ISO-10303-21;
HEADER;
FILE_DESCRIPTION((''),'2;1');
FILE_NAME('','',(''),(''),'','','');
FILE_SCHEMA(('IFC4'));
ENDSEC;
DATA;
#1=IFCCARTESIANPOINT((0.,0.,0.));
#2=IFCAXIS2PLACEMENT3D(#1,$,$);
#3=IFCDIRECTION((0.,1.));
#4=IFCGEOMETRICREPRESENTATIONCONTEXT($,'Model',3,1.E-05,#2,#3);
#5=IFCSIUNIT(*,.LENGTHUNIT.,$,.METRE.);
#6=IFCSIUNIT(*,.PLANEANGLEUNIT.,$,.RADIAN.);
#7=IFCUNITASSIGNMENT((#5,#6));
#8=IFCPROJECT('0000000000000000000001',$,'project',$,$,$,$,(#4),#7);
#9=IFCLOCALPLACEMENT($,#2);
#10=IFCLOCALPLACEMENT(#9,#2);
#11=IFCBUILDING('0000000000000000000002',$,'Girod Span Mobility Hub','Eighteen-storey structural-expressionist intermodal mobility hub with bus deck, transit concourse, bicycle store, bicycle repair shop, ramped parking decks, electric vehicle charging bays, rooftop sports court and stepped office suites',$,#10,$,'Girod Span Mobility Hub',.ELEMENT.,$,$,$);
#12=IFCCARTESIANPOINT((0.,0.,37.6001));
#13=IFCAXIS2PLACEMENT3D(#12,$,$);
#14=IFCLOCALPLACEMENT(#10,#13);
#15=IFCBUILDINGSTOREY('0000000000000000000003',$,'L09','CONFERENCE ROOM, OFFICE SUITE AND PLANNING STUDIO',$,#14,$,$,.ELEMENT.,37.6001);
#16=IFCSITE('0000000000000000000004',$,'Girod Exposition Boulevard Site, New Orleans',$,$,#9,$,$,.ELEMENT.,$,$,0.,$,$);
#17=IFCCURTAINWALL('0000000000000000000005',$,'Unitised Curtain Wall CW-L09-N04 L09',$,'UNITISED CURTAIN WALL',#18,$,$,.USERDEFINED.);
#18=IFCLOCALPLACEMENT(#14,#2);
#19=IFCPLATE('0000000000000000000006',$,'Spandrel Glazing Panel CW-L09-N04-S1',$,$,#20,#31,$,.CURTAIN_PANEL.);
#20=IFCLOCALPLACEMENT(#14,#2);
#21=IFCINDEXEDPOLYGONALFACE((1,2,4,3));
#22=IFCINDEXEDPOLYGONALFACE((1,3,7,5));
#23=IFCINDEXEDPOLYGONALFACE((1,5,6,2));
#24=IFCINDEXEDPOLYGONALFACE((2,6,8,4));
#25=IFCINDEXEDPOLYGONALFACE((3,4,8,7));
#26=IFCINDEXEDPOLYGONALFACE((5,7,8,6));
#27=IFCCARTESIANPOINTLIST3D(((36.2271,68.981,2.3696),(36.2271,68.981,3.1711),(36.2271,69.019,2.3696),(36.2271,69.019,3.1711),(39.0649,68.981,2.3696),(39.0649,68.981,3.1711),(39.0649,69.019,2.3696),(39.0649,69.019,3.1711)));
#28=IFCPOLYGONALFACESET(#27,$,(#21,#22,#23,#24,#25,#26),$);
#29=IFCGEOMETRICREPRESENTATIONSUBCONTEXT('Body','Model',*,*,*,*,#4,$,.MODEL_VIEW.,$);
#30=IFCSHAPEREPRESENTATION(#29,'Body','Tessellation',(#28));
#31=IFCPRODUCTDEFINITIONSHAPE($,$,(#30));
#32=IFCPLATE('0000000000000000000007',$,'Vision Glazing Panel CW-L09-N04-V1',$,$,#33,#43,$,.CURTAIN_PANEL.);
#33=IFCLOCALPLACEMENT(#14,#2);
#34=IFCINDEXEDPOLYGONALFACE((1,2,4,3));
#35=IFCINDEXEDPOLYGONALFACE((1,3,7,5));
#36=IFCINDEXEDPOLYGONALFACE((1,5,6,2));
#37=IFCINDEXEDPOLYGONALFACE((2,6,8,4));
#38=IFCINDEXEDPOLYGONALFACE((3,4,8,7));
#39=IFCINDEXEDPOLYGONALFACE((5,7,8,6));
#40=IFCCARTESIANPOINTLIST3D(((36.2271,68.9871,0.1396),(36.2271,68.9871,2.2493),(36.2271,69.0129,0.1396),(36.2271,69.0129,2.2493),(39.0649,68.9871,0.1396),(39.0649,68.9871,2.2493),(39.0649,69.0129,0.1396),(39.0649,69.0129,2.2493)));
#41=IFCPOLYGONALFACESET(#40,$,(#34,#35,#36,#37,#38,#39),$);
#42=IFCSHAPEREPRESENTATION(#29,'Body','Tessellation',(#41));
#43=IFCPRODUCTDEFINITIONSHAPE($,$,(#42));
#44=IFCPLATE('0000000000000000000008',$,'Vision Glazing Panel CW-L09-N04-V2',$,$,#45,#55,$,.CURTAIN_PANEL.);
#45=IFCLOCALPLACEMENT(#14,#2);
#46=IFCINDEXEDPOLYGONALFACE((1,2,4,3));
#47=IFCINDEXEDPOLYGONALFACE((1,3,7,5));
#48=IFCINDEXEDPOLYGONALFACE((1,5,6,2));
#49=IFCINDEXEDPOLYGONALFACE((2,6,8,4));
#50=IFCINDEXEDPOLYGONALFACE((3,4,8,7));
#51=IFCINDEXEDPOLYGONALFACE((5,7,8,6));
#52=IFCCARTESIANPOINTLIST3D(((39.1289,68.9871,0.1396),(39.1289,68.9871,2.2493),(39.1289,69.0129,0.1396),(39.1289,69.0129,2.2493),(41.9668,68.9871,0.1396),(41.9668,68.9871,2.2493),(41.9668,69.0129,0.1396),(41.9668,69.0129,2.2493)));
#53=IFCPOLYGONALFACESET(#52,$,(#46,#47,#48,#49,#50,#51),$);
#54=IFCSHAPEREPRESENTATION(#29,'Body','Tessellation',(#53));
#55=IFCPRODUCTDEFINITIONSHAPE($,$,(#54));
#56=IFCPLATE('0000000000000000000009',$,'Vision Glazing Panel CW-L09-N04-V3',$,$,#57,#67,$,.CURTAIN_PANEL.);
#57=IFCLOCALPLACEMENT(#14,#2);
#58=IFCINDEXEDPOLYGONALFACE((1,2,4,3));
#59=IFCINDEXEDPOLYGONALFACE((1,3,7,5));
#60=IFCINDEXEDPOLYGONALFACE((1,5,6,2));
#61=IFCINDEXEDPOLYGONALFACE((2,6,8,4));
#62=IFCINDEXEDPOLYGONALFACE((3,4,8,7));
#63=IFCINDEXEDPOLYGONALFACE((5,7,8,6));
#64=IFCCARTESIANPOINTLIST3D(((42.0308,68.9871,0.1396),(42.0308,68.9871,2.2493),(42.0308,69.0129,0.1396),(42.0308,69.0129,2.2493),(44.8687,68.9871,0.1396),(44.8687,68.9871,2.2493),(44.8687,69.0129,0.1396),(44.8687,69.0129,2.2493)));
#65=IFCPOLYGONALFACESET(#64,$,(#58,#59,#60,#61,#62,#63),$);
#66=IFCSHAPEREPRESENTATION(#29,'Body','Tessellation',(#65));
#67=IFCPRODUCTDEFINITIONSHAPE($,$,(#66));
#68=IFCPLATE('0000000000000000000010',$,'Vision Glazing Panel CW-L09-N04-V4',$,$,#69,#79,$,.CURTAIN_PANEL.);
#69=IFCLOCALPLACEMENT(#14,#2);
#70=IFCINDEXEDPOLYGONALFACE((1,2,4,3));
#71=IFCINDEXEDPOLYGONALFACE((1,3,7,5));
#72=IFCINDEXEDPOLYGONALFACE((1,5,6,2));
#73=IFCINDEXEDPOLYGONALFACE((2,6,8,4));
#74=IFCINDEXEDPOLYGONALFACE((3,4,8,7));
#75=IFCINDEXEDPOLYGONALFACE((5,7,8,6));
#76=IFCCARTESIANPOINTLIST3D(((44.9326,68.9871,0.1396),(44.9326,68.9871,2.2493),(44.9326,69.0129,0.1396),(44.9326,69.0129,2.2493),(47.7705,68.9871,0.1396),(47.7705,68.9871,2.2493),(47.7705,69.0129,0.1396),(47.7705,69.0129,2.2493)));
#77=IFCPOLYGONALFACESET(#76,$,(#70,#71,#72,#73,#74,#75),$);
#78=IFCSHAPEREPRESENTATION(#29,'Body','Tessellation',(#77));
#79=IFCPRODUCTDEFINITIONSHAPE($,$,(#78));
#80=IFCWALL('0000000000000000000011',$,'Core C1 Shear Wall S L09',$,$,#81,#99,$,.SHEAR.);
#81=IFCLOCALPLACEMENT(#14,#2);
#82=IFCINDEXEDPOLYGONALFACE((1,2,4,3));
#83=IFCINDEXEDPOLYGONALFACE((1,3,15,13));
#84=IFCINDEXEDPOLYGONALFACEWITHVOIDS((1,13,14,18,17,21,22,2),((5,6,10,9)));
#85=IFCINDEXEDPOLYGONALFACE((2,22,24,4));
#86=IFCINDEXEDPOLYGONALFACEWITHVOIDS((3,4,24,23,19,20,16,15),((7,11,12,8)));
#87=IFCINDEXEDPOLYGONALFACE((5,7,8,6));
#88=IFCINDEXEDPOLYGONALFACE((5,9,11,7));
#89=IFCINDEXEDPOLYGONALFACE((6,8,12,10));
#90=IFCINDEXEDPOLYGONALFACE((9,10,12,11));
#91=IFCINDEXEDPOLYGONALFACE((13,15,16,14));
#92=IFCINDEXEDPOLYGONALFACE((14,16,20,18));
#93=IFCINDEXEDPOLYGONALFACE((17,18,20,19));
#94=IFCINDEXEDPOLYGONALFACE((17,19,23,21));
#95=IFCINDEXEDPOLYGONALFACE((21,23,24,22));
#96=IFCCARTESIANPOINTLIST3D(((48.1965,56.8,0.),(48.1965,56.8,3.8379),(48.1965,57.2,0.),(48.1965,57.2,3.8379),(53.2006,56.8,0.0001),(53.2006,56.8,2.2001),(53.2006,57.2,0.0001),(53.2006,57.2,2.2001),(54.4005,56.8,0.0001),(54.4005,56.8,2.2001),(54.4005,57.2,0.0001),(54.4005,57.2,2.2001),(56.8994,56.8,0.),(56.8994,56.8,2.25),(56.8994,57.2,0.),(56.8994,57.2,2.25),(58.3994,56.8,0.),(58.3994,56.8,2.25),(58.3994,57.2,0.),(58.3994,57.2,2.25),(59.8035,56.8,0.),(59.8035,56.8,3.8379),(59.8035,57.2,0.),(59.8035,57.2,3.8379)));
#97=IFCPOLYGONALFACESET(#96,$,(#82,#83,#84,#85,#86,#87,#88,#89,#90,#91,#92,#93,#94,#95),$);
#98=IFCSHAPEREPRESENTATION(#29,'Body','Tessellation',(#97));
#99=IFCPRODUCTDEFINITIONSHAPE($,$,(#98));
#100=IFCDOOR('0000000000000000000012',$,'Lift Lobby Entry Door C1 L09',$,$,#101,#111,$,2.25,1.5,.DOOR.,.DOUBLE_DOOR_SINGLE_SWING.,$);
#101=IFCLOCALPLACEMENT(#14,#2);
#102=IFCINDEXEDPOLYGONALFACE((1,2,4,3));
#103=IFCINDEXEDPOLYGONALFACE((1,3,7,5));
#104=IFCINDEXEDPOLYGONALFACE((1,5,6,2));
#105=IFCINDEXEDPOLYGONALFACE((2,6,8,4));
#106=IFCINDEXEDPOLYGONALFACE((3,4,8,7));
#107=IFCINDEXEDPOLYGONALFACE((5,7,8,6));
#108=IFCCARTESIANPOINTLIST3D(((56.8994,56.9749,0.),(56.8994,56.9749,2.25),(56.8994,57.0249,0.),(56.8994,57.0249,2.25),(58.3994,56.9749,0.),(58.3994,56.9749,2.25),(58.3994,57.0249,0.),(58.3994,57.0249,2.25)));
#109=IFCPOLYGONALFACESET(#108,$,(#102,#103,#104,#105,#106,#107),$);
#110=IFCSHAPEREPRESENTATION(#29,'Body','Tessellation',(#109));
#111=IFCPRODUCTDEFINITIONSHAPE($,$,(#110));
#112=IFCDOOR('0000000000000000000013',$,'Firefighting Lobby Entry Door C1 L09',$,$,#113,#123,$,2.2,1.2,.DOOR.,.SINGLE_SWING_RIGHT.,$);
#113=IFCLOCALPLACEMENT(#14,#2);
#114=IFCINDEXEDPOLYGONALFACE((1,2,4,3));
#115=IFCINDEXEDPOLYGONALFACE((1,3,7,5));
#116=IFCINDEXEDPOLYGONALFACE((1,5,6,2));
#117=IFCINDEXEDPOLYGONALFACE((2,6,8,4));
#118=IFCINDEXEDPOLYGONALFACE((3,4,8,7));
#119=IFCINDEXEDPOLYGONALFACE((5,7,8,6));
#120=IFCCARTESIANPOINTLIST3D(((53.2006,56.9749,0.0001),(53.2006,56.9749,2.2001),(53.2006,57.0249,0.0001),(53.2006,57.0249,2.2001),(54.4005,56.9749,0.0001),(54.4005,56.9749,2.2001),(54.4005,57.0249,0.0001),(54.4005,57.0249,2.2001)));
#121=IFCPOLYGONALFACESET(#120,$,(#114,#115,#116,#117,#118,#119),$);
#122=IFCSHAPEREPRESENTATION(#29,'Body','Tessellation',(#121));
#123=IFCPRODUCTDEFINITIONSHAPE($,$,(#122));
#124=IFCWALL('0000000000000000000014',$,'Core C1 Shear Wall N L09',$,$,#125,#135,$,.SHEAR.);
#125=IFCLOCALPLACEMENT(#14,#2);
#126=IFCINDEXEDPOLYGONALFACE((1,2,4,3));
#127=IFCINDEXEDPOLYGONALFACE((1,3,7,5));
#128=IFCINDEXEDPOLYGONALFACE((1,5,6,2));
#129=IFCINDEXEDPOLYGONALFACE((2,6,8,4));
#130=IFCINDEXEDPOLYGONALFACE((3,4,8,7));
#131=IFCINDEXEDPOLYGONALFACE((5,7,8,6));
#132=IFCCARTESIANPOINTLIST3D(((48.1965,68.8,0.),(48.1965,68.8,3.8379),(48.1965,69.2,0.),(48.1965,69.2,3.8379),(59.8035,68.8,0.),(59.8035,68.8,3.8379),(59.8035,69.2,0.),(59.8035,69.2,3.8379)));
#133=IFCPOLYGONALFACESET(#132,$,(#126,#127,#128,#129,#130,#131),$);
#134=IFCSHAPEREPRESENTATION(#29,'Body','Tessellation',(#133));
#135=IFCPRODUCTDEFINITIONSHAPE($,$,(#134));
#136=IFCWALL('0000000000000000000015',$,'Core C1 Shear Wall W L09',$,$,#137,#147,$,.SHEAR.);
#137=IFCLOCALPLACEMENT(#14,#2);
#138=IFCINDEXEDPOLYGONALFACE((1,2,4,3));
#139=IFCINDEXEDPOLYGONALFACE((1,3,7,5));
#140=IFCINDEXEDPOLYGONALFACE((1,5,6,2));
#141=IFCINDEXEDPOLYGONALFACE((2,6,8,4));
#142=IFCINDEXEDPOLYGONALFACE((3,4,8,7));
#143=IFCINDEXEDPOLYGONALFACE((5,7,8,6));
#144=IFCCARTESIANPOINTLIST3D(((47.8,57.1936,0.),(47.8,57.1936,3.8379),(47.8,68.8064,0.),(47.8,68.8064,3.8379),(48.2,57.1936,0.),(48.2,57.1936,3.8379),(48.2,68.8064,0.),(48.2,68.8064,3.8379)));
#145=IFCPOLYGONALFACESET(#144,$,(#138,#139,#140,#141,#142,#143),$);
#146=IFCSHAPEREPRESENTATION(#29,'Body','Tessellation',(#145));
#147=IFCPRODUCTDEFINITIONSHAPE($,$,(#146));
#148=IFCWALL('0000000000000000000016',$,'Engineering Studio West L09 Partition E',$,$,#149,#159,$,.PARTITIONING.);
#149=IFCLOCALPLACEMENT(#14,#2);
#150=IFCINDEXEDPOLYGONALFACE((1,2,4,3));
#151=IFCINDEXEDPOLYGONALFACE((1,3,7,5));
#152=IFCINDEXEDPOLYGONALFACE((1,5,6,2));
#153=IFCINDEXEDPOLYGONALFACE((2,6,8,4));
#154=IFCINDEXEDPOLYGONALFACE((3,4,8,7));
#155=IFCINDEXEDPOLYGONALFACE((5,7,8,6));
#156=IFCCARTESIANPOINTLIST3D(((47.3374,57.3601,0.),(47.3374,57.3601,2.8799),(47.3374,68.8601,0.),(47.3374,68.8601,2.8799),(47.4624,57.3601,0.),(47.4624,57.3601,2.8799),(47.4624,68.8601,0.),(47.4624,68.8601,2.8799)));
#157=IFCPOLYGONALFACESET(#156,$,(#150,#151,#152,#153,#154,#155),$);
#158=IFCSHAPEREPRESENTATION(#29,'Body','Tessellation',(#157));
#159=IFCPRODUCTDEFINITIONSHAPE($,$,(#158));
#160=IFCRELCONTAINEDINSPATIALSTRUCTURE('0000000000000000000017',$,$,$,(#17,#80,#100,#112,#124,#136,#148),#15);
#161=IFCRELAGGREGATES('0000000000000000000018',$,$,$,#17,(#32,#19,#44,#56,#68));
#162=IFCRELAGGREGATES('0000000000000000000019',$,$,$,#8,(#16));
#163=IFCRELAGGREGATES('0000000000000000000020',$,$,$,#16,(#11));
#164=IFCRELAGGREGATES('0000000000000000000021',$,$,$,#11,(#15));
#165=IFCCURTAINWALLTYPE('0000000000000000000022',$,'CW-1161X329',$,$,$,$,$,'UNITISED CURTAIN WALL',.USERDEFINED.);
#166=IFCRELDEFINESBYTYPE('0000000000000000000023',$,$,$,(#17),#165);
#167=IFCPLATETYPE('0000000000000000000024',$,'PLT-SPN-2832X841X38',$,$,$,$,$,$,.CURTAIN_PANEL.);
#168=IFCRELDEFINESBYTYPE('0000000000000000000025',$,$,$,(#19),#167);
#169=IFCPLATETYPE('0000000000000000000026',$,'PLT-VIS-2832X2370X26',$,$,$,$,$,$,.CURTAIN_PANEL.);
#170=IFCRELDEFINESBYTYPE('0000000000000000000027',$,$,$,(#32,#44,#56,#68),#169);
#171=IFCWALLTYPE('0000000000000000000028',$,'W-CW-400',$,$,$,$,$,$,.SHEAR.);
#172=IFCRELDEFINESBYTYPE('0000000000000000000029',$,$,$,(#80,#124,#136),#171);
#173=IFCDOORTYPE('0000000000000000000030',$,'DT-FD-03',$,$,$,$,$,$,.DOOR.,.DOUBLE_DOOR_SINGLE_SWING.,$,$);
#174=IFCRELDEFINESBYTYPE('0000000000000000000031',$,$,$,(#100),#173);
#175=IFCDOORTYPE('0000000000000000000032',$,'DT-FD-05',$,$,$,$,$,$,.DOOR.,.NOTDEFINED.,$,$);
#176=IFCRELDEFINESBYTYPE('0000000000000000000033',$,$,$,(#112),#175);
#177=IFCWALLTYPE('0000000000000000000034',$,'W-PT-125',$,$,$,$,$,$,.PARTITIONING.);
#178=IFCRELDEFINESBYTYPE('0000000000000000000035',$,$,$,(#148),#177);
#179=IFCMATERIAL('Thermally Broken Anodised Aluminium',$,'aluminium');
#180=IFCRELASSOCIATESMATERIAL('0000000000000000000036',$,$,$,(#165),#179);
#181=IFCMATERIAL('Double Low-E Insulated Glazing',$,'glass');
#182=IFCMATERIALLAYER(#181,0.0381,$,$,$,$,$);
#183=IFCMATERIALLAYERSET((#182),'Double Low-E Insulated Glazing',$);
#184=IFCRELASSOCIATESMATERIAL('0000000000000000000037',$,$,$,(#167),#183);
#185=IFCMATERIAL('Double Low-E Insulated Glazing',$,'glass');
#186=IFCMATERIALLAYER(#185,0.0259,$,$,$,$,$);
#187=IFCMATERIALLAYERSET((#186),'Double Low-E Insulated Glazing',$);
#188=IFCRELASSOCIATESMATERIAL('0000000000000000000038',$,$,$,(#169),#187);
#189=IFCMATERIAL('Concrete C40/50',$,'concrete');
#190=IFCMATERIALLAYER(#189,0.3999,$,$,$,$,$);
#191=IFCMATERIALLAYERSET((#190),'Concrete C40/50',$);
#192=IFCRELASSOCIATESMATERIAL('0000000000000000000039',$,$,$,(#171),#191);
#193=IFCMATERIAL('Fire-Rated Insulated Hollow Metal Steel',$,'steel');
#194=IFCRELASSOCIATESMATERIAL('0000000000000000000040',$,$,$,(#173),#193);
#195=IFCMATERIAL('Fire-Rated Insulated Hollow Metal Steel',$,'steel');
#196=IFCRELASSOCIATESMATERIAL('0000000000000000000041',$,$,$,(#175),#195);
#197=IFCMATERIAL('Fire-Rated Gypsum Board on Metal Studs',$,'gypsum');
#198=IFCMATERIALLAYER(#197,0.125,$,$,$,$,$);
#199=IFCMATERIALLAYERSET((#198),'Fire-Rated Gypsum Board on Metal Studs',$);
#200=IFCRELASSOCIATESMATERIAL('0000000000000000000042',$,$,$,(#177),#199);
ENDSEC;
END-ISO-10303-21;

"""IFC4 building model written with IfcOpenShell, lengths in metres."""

from ifc_helpers import new_model, si_unit, direction, frame, frame_2d, origin, origin_2d, place, context, subcontext, project, spatial, rectangle, extrude, material, layer, layer_set, type_object, element, fill, aggregate, save


model = new_model("IFC4")

# Units and contexts
model_context = context("Model", 3, precision=1e-05, world=origin(), true_north=direction((0.0, 1.0)))
body_context = subcontext(model_context, "Body", "Model", "MODEL_VIEW")
ifc_project = project(units=[si_unit("LENGTHUNIT", "METRE"), si_unit("PLANEANGLEUNIT", "RADIAN")], contexts=[model_context])

# Site, building, storey
site_placement = place(None, origin())
site = spatial("IfcSite", under=ifc_project, at=site_placement, Name="Girod Exposition Boulevard Site, New Orleans", CompositionType="ELEMENT", RefElevation=0.0)
building_placement = place(site_placement, origin())
building = spatial("IfcBuilding", under=site, at=building_placement, Name="Girod Span Mobility Hub", Description="Eighteen-storey structural-expressionist intermodal mobility hub with bus deck, transit concourse, bicycle store, bicycle repair shop, ramped parking decks, electric vehicle charging bays, rooftop sports court and stepped office suites", LongName="Girod Span Mobility Hub", CompositionType="ELEMENT")
storey_placement = place(building_placement, frame((0.0, 0.0, 37.6001)))
storey = spatial("IfcBuildingStorey", under=building, at=storey_placement, Name="L09", Description="CONFERENCE ROOM, OFFICE SUITE AND PLANNING STUDIO", CompositionType="ELEMENT", Elevation=37.6001)

# Curtain wall
ifc_material_1 = material(Name="Thermally Broken Anodised Aluminium", Category="aluminium")
curtain_wall_type = type_object("IfcCurtainWallType", Name="CW-1161X329", ElementType="UNITISED CURTAIN WALL", PredefinedType="USERDEFINED", material=ifc_material_1)
curtain_wall_placement = place(storey_placement, origin())
curtain_wall = element("IfcCurtainWall", 1, at=curtain_wall_placement, inside=storey, type_object=curtain_wall_type, Name="Unitised Curtain Wall CW-L09-N04 L09", ObjectType="UNITISED CURTAIN WALL", PredefinedType="USERDEFINED")

# Plates
ifc_material_2 = material(Name="Double Low-E Insulated Glazing", Category="glass")
ifc_layer_1 = layer(ifc_material_2, 0.0381)
ifc_layer_set_1 = layer_set([ifc_layer_1], Name="Double Low-E Insulated Glazing")
plate_type_1 = type_object("IfcPlateType", Name="PLT-SPN-2832X841X38", PredefinedType="CURTAIN_PANEL", material=ifc_layer_set_1)
plate_1_placement = place(storey_placement, frame((37.646, 69.0, 2.3696), z_axis=(0.0, 0.0, 1.0), x_axis=(1.0, 0.0, 0.0)))
plate_1 = element("IfcPlate", 2, at=plate_1_placement, type_object=plate_type_1, Name="Spandrel Glazing Panel CW-L09-N04-S1", PredefinedType="CURTAIN_PANEL", context=body_context, shape_type="SweptSolid", body=[
    extrude(rectangle(XDim=2.8379, YDim=0.0381, at=origin_2d()), origin(), (0.0, 0.0, 1.0), 0.8015),
])
ifc_material_3 = material(Name="Double Low-E Insulated Glazing", Category="glass")
ifc_layer_2 = layer(ifc_material_3, 0.0259)
ifc_layer_set_2 = layer_set([ifc_layer_2], Name="Double Low-E Insulated Glazing")
plate_type_2 = type_object("IfcPlateType", Name="PLT-VIS-2832X2370X26", PredefinedType="CURTAIN_PANEL", material=ifc_layer_set_2)
plate_2_placement = place(storey_placement, frame((37.646, 69.0, 0.1396), z_axis=(0.0, 0.0, 1.0), x_axis=(1.0, 0.0, 0.0)))
plate_2 = element("IfcPlate", 3, at=plate_2_placement, type_object=plate_type_2, Name="Vision Glazing Panel CW-L09-N04-V1", PredefinedType="CURTAIN_PANEL", context=body_context, shape_type="SweptSolid", body=[
    extrude(rectangle(XDim=2.8379, YDim=0.0259, at=origin_2d()), origin(), (0.0, 0.0, 1.0), 2.1096),
])
plate_3_placement = place(storey_placement, frame((40.5479, 69.0, 0.1396), z_axis=(0.0, 0.0, 1.0), x_axis=(1.0, 0.0, 0.0)))
plate_3 = element("IfcPlate", 4, at=plate_3_placement, type_object=plate_type_2, Name="Vision Glazing Panel CW-L09-N04-V2", PredefinedType="CURTAIN_PANEL", context=body_context, shape_type="SweptSolid", body=[
    extrude(rectangle(XDim=2.8379, YDim=0.0259, at=origin_2d()), origin(), (0.0, 0.0, 1.0), 2.1096),
])
plate_4_placement = place(storey_placement, frame((43.4497, 69.0, 0.1396), z_axis=(0.0, 0.0, 1.0), x_axis=(1.0, 0.0, 0.0)))
plate_4 = element("IfcPlate", 5, at=plate_4_placement, type_object=plate_type_2, Name="Vision Glazing Panel CW-L09-N04-V3", PredefinedType="CURTAIN_PANEL", context=body_context, shape_type="SweptSolid", body=[
    extrude(rectangle(XDim=2.8379, YDim=0.0259, at=origin_2d()), origin(), (0.0, 0.0, 1.0), 2.1096),
])
plate_5_placement = place(storey_placement, frame((46.3516, 69.0, 0.1396), z_axis=(0.0, 0.0, 1.0), x_axis=(1.0, 0.0, 0.0)))
plate_5 = element("IfcPlate", 6, at=plate_5_placement, type_object=plate_type_2, Name="Vision Glazing Panel CW-L09-N04-V4", PredefinedType="CURTAIN_PANEL", context=body_context, shape_type="SweptSolid", body=[
    extrude(rectangle(XDim=2.8379, YDim=0.0259, at=origin_2d()), origin(), (0.0, 0.0, 1.0), 2.1096),
])
aggregate(curtain_wall, [plate_2, plate_1, plate_3, plate_4, plate_5])

# Wall, openings, doors
ifc_material_4 = material(Name="Concrete C40/50", Category="concrete")
ifc_layer_3 = layer(ifc_material_4, 0.3999)
ifc_layer_set_3 = layer_set([ifc_layer_3], Name="Concrete C40/50")
wall_type_1 = type_object("IfcWallType", Name="W-CW-400", PredefinedType="SHEAR", material=ifc_layer_set_3)
wall_1_placement = place(storey_placement, frame((48.1965, 57.0, 0.0), z_axis=(0.0, 0.0, 1.0), x_axis=(1.0, 0.0, 0.0)))
wall_1 = element("IfcWall", 7, at=wall_1_placement, inside=storey, type_object=wall_type_1, Name="Core C1 Shear Wall S L09", PredefinedType="SHEAR", context=body_context, shape_type="SweptSolid", body=[
    extrude(rectangle(XDim=11.6069, YDim=0.3999, at=frame_2d((5.8035, 0.0))), origin(), (0.0, 0.0, 1.0), 3.8379),
])
opening_1_placement = place(wall_1_placement, frame((5.0039, 0.0, 0.0)))
opening_1 = element("IfcOpeningElement", 8, at=opening_1_placement, cuts=wall_1, PredefinedType="OPENING", context=body_context, shape_type="SweptSolid", body=[
    extrude(rectangle(XDim=1.2, YDim=2.2, at=frame_2d((0.6001, 1.1001))), frame((0.0, 0.2148, 0.0), z_axis=(0.0, -1.0, 0.0), x_axis=(1.0, 0.0, 0.0)), (0.0, 0.0, 1.0), 0.4299),
])
opening_2_placement = place(wall_1_placement, frame((8.7029, 0.0, 0.0)))
opening_2 = element("IfcOpeningElement", 9, at=opening_2_placement, cuts=wall_1, PredefinedType="OPENING", context=body_context, shape_type="SweptSolid", body=[
    extrude(rectangle(XDim=1.5, YDim=2.25, at=frame_2d((0.75, 1.125))), frame((0.0, 0.2148, 0.0), z_axis=(0.0, -1.0, 0.0), x_axis=(1.0, 0.0, 0.0)), (0.0, 0.0, 1.0), 0.4299),
])
ifc_material_5 = material(Name="Fire-Rated Insulated Hollow Metal Steel", Category="steel")
door_type_1 = type_object("IfcDoorType", Name="DT-FD-03", OperationType="DOUBLE_DOOR_SINGLE_SWING", PredefinedType="DOOR", material=ifc_material_5)
door_1_placement = place(opening_2_placement, origin())
door_1 = element("IfcDoor", 10, at=door_1_placement, inside=storey, type_object=door_type_1, Name="Lift Lobby Entry Door C1 L09", OperationType="DOUBLE_DOOR_SINGLE_SWING", OverallHeight=2.25, OverallWidth=1.5, PredefinedType="DOOR", context=body_context, shape_type="SweptSolid", body=[
    extrude(rectangle(XDim=1.5, YDim=2.25, at=frame_2d((0.75, 1.125))), frame((0.0, 0.0249, 0.0), z_axis=(0.0, -1.0, 0.0), x_axis=(1.0, 0.0, 0.0)), (0.0, 0.0, 1.0), 0.05),
])
fill(opening_2, door_1)
ifc_material_6 = material(Name="Fire-Rated Insulated Hollow Metal Steel", Category="steel")
door_type_2 = type_object("IfcDoorType", Name="DT-FD-05", OperationType="NOTDEFINED", PredefinedType="DOOR", material=ifc_material_6)
door_2_placement = place(opening_1_placement, origin())
door_2 = element("IfcDoor", 11, at=door_2_placement, inside=storey, type_object=door_type_2, Name="Firefighting Lobby Entry Door C1 L09", OperationType="SINGLE_SWING_RIGHT", OverallHeight=2.2, OverallWidth=1.2, PredefinedType="DOOR", context=body_context, shape_type="SweptSolid", body=[
    extrude(rectangle(XDim=1.2, YDim=2.2, at=frame_2d((0.6001, 1.1001))), frame((0.0, 0.0249, 0.0), z_axis=(0.0, -1.0, 0.0), x_axis=(1.0, 0.0, 0.0)), (0.0, 0.0, 1.0), 0.05),
])
fill(opening_1, door_2)

# Walls
wall_2_placement = place(storey_placement, frame((48.1965, 69.0, 0.0), z_axis=(0.0, 0.0, 1.0), x_axis=(1.0, 0.0, 0.0)))
element("IfcWall", 12, at=wall_2_placement, inside=storey, type_object=wall_type_1, Name="Core C1 Shear Wall N L09", PredefinedType="SHEAR", context=body_context, shape_type="SweptSolid", body=[
    extrude(rectangle(XDim=11.6069, YDim=0.3999, at=frame_2d((5.8035, 0.0))), origin(), (0.0, 0.0, 1.0), 3.8379),
])
wall_3_placement = place(storey_placement, frame((48.0, 57.1936, 0.0), z_axis=(0.0, 0.0, 1.0), x_axis=(0.0, 1.0, 0.0)))
element("IfcWall", 13, at=wall_3_placement, inside=storey, type_object=wall_type_1, Name="Core C1 Shear Wall W L09", PredefinedType="SHEAR", context=body_context, shape_type="SweptSolid", body=[
    extrude(rectangle(XDim=11.6128, YDim=0.3999, at=frame_2d((5.8064, 0.0))), origin(), (0.0, 0.0, 1.0), 3.8379),
])
ifc_material_7 = material(Name="Fire-Rated Gypsum Board on Metal Studs", Category="gypsum")
ifc_layer_4 = layer(ifc_material_7, 0.125)
ifc_layer_set_4 = layer_set([ifc_layer_4], Name="Fire-Rated Gypsum Board on Metal Studs")
wall_type_2 = type_object("IfcWallType", Name="W-PT-125", PredefinedType="PARTITIONING", material=ifc_layer_set_4)
wall_4_placement = place(storey_placement, frame((47.3999, 57.3601, 0.0), z_axis=(0.0, 0.0, 1.0), x_axis=(0.0, 1.0, 0.0)))
element("IfcWall", 14, at=wall_4_placement, inside=storey, type_object=wall_type_2, Name="Engineering Studio West L09 Partition E", PredefinedType="PARTITIONING", context=body_context, shape_type="SweptSolid", body=[
    extrude(rectangle(XDim=11.5, YDim=0.125, at=frame_2d((5.75, 0.0))), origin(), (0.0, 0.0, 1.0), 2.8799),
])

save(model, "model.ifc")
